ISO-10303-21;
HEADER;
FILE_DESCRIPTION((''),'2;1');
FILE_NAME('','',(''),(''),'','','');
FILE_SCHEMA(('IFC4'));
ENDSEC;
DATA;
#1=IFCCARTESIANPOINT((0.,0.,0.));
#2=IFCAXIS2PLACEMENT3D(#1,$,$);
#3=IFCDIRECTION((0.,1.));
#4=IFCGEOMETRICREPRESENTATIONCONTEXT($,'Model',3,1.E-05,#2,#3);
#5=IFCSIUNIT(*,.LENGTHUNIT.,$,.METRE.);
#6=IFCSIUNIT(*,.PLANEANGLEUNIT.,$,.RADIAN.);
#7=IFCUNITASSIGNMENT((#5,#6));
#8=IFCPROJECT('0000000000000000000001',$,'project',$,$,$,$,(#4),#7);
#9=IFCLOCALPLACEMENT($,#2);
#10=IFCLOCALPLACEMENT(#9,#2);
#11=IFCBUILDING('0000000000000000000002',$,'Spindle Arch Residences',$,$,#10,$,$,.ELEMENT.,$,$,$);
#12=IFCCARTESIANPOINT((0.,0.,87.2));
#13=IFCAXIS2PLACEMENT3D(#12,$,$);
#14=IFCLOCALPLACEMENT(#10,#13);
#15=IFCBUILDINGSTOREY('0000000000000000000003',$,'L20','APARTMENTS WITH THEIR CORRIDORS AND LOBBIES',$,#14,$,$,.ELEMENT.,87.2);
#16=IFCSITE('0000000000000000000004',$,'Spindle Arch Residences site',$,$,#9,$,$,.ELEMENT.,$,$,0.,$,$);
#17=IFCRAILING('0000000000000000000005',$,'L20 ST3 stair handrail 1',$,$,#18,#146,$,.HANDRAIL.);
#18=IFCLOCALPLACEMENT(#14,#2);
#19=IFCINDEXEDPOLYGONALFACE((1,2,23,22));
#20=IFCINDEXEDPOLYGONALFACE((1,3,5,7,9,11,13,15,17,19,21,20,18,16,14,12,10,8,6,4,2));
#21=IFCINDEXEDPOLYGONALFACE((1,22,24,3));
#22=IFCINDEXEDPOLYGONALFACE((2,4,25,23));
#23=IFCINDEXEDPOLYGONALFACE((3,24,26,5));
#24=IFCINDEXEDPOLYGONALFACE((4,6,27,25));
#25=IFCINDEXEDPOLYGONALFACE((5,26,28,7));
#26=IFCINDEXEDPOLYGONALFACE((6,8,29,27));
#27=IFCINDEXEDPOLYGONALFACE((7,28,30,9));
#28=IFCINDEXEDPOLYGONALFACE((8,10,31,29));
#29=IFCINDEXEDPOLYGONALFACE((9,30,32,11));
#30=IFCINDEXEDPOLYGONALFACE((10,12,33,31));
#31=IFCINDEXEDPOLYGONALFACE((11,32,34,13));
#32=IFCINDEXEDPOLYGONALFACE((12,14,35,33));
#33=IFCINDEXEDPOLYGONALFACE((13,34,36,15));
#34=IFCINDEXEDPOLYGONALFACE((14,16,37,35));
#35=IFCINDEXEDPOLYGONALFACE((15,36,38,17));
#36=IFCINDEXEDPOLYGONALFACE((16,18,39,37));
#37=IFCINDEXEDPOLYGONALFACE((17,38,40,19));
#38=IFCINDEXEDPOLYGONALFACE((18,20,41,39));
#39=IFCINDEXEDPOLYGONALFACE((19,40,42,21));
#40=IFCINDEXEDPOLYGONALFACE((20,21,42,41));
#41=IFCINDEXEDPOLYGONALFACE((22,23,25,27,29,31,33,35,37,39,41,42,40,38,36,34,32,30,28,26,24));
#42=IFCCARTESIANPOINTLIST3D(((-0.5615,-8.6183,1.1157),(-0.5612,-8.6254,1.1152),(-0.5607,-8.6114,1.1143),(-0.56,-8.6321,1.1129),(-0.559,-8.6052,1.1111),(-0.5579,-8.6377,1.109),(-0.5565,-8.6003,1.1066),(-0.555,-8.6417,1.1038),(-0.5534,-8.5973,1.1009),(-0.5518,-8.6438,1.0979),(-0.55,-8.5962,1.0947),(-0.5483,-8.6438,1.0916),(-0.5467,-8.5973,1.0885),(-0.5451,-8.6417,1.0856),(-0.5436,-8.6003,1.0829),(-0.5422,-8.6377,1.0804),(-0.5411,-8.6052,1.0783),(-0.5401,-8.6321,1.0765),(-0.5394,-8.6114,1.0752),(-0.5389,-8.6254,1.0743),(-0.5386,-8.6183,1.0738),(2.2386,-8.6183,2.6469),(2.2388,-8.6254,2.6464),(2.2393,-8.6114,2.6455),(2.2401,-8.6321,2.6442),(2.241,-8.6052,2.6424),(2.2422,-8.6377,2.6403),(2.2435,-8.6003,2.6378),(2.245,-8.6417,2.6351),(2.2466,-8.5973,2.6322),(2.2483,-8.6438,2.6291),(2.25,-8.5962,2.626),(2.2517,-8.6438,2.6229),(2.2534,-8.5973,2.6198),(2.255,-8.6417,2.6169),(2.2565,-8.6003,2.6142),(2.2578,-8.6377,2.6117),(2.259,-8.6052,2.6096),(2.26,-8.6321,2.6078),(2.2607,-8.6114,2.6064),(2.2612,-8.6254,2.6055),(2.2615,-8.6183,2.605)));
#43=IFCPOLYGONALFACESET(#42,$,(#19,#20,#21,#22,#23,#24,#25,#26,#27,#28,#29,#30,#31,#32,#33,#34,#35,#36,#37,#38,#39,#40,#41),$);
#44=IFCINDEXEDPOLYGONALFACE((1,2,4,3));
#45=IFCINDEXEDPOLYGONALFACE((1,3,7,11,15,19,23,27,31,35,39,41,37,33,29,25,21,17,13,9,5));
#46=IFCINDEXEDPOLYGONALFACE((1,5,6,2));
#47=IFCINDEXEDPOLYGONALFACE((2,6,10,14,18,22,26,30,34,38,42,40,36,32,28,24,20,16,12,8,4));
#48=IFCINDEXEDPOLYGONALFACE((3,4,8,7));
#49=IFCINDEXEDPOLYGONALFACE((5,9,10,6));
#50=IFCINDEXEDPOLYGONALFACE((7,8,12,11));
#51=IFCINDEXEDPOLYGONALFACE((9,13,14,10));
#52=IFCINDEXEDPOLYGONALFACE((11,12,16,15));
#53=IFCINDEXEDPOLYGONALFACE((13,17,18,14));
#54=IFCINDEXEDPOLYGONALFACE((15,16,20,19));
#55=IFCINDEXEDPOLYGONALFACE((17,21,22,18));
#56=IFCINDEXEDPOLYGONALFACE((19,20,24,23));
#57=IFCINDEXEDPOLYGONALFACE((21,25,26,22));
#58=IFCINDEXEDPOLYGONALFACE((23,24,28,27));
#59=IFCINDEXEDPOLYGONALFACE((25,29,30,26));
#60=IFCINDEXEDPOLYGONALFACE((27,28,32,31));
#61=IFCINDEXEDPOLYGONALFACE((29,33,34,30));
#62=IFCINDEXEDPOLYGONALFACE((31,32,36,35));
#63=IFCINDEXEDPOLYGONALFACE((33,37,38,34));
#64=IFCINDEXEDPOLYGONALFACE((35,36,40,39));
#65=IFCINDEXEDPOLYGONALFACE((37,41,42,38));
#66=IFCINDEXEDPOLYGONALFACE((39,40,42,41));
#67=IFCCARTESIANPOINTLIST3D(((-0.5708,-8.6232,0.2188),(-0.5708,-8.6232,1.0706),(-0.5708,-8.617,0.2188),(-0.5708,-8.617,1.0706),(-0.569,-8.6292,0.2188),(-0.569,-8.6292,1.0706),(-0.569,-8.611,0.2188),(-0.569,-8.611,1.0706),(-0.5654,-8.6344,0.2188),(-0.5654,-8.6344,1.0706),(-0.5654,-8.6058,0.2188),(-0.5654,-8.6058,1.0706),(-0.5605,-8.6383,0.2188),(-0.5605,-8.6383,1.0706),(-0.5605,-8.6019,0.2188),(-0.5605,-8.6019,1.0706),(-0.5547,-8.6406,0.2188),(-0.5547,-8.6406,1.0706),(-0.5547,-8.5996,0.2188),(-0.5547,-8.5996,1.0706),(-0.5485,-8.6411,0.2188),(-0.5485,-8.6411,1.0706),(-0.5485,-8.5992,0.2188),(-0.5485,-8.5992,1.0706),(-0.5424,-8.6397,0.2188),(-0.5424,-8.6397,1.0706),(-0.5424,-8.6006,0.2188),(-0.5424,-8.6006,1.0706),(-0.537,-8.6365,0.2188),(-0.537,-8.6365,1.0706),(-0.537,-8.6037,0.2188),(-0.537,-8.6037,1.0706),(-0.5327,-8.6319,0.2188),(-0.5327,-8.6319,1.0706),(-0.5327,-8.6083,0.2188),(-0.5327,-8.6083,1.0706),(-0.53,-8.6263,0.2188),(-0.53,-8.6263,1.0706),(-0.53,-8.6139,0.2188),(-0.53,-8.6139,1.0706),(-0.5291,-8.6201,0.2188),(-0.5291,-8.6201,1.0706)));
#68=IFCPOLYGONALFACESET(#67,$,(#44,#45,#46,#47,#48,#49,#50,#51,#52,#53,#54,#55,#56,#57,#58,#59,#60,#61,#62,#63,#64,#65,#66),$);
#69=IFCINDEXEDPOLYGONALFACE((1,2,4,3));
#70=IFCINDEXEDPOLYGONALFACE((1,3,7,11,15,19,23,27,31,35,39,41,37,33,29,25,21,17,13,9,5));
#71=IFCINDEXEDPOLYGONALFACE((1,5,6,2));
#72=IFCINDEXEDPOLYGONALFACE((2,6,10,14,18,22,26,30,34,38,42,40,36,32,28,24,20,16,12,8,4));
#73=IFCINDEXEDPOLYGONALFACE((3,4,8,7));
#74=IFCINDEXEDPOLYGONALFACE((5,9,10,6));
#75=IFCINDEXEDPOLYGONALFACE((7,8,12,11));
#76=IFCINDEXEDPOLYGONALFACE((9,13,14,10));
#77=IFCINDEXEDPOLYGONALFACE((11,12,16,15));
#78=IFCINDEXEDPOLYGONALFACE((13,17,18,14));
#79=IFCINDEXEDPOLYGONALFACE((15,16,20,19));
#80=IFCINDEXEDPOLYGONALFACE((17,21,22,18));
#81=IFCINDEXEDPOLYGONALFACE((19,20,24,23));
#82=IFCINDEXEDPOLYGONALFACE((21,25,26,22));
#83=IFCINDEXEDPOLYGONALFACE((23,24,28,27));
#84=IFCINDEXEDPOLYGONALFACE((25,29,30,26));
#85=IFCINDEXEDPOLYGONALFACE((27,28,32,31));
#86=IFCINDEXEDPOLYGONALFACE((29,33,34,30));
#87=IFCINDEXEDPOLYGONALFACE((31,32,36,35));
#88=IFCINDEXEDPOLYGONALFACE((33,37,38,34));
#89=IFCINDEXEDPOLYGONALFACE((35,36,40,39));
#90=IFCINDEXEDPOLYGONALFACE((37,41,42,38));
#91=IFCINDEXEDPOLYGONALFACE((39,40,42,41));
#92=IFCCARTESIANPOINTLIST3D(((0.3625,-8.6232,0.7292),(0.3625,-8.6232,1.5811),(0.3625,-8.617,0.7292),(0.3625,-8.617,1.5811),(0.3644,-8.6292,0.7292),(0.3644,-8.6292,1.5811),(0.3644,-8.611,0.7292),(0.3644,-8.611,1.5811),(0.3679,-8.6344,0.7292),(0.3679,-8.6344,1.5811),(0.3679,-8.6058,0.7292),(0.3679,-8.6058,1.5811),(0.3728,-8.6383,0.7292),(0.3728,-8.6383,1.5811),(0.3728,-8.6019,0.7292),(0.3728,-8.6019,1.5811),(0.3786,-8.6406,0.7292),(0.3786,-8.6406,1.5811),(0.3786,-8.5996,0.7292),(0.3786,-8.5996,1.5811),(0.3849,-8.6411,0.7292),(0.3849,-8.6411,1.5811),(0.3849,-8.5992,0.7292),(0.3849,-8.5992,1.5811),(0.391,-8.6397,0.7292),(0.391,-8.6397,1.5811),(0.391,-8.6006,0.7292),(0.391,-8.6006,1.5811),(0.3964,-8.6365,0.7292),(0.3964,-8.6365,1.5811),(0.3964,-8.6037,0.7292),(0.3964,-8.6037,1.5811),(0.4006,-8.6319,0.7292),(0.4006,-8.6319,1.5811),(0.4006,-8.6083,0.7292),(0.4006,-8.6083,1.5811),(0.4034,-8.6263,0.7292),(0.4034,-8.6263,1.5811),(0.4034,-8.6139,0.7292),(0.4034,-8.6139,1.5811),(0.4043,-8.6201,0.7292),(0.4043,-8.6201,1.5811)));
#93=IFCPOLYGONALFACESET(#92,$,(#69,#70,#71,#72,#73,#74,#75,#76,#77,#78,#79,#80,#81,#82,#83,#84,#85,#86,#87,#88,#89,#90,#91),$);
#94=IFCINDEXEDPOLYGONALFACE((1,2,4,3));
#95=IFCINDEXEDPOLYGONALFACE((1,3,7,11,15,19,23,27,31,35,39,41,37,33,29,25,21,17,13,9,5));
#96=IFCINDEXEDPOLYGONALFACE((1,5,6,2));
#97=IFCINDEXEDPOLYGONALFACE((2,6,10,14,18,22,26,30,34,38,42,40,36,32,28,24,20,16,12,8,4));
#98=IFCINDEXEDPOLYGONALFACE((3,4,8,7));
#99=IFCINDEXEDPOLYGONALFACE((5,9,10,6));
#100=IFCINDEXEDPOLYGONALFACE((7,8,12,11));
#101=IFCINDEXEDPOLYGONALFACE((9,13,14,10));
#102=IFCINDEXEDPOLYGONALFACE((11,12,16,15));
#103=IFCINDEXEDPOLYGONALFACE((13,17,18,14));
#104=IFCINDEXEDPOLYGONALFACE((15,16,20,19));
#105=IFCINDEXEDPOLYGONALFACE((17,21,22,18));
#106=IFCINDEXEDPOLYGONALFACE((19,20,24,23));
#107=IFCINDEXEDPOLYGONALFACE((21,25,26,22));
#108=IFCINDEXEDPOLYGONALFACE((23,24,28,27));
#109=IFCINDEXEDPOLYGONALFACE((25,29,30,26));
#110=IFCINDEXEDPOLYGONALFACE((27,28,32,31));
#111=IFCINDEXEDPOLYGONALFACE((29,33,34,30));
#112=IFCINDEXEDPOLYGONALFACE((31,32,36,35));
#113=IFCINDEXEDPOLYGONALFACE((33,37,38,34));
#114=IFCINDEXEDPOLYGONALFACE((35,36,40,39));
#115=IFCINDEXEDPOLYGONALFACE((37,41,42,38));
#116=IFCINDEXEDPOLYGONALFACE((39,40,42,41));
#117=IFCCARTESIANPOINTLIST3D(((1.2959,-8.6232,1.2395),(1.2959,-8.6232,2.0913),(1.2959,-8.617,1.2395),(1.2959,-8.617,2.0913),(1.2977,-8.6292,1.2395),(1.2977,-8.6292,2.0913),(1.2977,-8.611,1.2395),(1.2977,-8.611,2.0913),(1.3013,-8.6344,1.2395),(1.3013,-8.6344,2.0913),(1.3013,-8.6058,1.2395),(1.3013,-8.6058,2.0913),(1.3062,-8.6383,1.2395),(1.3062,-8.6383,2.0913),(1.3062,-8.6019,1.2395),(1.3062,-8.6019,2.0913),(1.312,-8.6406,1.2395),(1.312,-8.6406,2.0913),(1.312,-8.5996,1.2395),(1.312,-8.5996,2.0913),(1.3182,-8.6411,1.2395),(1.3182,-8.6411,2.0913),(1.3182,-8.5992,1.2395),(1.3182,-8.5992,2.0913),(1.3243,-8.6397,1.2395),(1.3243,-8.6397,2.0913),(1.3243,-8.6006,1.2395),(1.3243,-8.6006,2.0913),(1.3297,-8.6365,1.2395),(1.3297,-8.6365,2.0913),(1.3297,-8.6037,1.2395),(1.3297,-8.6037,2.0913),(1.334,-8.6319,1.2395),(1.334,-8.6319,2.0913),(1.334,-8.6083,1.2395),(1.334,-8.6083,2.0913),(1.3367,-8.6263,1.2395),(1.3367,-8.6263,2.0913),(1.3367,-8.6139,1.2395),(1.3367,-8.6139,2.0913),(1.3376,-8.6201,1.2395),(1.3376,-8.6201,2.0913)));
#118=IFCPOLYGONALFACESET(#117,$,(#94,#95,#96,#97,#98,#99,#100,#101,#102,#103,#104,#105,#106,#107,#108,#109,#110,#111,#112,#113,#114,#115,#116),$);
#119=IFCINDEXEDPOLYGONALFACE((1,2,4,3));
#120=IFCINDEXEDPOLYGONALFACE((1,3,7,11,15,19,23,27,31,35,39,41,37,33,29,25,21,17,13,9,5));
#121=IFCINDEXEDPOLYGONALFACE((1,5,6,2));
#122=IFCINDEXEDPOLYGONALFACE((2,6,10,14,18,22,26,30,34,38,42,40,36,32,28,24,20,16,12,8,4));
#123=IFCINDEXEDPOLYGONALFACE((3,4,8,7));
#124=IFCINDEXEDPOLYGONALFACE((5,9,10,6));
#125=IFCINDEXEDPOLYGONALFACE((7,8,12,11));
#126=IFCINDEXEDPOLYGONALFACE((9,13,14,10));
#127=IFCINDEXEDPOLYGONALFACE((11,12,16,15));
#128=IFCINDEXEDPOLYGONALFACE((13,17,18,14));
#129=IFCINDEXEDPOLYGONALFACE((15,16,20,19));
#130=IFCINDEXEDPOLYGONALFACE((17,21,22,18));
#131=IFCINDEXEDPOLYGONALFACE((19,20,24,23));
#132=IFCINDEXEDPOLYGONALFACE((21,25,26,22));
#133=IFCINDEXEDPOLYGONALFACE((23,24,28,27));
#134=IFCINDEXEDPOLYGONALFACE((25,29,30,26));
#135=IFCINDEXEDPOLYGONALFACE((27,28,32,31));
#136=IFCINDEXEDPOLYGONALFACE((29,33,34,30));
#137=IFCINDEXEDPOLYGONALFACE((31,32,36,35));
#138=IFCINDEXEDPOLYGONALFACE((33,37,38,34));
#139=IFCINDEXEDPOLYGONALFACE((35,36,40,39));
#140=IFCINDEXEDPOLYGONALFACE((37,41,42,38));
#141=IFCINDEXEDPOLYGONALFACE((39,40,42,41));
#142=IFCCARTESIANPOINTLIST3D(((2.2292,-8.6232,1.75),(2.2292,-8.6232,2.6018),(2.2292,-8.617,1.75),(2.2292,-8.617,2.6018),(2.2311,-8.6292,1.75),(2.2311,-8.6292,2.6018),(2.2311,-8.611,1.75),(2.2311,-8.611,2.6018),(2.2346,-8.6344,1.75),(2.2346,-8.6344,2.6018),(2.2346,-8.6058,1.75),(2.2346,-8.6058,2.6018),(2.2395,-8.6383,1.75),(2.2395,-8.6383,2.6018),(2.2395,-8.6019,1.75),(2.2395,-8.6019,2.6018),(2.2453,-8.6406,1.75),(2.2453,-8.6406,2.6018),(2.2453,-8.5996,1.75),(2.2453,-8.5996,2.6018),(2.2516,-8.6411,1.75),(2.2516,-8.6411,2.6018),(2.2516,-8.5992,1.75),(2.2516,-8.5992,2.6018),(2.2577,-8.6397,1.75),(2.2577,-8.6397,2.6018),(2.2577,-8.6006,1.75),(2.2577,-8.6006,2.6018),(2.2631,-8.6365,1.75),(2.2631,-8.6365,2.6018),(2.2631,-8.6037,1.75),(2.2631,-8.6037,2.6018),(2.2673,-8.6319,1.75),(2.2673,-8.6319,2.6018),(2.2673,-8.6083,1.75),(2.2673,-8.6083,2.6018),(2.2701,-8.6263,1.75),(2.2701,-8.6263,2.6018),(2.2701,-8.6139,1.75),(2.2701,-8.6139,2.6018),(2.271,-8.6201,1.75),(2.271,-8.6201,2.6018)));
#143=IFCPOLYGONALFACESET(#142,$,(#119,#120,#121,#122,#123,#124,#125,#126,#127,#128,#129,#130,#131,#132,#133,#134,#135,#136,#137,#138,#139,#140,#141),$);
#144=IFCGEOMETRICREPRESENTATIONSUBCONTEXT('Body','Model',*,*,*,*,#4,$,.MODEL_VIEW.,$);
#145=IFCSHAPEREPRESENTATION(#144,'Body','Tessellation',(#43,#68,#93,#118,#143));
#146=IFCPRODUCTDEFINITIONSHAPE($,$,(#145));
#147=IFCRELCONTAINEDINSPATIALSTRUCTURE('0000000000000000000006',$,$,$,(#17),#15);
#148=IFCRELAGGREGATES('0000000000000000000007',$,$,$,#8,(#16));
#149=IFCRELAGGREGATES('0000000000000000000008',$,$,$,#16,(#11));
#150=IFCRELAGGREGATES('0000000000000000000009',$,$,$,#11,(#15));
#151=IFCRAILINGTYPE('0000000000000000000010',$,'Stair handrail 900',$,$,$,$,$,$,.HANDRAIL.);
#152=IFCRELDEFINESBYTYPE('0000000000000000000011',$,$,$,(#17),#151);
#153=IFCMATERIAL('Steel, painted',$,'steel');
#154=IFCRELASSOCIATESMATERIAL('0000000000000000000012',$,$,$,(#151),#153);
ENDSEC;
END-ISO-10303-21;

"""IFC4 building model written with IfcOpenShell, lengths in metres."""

from ifc_helpers import new_model, si_unit, direction, frame, origin, origin_2d, place, context, subcontext, project, spatial, circle, extrude, material, type_object, element, save


model = new_model("IFC4")

# Units and contexts
model_context = context("Model", 3, precision=1e-05, world=origin(), true_north=direction((0.0, 1.0)))
body_context = subcontext(model_context, "Body", "Model", "MODEL_VIEW")
ifc_project = project(units=[si_unit("LENGTHUNIT", "METRE"), si_unit("PLANEANGLEUNIT", "RADIAN")], contexts=[model_context])

# Site, building, storey
site_placement = place(None, origin())
site = spatial("IfcSite", under=ifc_project, at=site_placement, Name="Spindle Arch Residences site", CompositionType="ELEMENT", RefElevation=0.0)
building_placement = place(site_placement, origin())
building = spatial("IfcBuilding", under=site, at=building_placement, Name="Spindle Arch Residences", CompositionType="ELEMENT")
storey_placement = place(building_placement, frame((0.0, 0.0, 87.2)))
storey = spatial("IfcBuildingStorey", under=building, at=storey_placement, Name="L20", Description="APARTMENTS WITH THEIR CORRIDORS AND LOBBIES", CompositionType="ELEMENT", Elevation=87.2)

# Railing
ifc_material_1 = material(Name="Steel, painted", Category="steel")
railing_type_1 = type_object("IfcRailingType", Name="Stair handrail 900", PredefinedType="HANDRAIL", material=ifc_material_1)
railing_1_placement = place(storey_placement, frame((-0.55, -8.6201, 0.2188)))
element("IfcRailing", 1, at=railing_1_placement, inside=storey, type_object=railing_type_1, Name="L20 ST3 stair handrail 1", PredefinedType="HANDRAIL", context=body_context, shape_type="SweptSolid", body=[
    extrude(circle(Radius=0.0239, at=origin_2d()), frame((0.0, 0.0, 0.876), z_axis=(0.877375, 0.0, 0.479806), x_axis=(0.0, 1.0, 0.0)), (0.0, 0.0, 1.0), 3.1914),
    extrude(circle(Radius=0.021, at=origin_2d()), origin(), (0.0, 0.0, 1.0), 0.8518),
    extrude(circle(Radius=0.021, at=origin_2d()), frame((0.9333, 0.0, 0.5105)), (0.0, 0.0, 1.0), 0.8518),
    extrude(circle(Radius=0.021, at=origin_2d()), frame((1.8667, 0.0, 1.0208)), (0.0, 0.0, 1.0), 0.8518),
    extrude(circle(Radius=0.021, at=origin_2d()), frame((2.8, 0.0, 1.5312)), (0.0, 0.0, 1.0), 0.8518),
])

save(model, "model.ifc")
